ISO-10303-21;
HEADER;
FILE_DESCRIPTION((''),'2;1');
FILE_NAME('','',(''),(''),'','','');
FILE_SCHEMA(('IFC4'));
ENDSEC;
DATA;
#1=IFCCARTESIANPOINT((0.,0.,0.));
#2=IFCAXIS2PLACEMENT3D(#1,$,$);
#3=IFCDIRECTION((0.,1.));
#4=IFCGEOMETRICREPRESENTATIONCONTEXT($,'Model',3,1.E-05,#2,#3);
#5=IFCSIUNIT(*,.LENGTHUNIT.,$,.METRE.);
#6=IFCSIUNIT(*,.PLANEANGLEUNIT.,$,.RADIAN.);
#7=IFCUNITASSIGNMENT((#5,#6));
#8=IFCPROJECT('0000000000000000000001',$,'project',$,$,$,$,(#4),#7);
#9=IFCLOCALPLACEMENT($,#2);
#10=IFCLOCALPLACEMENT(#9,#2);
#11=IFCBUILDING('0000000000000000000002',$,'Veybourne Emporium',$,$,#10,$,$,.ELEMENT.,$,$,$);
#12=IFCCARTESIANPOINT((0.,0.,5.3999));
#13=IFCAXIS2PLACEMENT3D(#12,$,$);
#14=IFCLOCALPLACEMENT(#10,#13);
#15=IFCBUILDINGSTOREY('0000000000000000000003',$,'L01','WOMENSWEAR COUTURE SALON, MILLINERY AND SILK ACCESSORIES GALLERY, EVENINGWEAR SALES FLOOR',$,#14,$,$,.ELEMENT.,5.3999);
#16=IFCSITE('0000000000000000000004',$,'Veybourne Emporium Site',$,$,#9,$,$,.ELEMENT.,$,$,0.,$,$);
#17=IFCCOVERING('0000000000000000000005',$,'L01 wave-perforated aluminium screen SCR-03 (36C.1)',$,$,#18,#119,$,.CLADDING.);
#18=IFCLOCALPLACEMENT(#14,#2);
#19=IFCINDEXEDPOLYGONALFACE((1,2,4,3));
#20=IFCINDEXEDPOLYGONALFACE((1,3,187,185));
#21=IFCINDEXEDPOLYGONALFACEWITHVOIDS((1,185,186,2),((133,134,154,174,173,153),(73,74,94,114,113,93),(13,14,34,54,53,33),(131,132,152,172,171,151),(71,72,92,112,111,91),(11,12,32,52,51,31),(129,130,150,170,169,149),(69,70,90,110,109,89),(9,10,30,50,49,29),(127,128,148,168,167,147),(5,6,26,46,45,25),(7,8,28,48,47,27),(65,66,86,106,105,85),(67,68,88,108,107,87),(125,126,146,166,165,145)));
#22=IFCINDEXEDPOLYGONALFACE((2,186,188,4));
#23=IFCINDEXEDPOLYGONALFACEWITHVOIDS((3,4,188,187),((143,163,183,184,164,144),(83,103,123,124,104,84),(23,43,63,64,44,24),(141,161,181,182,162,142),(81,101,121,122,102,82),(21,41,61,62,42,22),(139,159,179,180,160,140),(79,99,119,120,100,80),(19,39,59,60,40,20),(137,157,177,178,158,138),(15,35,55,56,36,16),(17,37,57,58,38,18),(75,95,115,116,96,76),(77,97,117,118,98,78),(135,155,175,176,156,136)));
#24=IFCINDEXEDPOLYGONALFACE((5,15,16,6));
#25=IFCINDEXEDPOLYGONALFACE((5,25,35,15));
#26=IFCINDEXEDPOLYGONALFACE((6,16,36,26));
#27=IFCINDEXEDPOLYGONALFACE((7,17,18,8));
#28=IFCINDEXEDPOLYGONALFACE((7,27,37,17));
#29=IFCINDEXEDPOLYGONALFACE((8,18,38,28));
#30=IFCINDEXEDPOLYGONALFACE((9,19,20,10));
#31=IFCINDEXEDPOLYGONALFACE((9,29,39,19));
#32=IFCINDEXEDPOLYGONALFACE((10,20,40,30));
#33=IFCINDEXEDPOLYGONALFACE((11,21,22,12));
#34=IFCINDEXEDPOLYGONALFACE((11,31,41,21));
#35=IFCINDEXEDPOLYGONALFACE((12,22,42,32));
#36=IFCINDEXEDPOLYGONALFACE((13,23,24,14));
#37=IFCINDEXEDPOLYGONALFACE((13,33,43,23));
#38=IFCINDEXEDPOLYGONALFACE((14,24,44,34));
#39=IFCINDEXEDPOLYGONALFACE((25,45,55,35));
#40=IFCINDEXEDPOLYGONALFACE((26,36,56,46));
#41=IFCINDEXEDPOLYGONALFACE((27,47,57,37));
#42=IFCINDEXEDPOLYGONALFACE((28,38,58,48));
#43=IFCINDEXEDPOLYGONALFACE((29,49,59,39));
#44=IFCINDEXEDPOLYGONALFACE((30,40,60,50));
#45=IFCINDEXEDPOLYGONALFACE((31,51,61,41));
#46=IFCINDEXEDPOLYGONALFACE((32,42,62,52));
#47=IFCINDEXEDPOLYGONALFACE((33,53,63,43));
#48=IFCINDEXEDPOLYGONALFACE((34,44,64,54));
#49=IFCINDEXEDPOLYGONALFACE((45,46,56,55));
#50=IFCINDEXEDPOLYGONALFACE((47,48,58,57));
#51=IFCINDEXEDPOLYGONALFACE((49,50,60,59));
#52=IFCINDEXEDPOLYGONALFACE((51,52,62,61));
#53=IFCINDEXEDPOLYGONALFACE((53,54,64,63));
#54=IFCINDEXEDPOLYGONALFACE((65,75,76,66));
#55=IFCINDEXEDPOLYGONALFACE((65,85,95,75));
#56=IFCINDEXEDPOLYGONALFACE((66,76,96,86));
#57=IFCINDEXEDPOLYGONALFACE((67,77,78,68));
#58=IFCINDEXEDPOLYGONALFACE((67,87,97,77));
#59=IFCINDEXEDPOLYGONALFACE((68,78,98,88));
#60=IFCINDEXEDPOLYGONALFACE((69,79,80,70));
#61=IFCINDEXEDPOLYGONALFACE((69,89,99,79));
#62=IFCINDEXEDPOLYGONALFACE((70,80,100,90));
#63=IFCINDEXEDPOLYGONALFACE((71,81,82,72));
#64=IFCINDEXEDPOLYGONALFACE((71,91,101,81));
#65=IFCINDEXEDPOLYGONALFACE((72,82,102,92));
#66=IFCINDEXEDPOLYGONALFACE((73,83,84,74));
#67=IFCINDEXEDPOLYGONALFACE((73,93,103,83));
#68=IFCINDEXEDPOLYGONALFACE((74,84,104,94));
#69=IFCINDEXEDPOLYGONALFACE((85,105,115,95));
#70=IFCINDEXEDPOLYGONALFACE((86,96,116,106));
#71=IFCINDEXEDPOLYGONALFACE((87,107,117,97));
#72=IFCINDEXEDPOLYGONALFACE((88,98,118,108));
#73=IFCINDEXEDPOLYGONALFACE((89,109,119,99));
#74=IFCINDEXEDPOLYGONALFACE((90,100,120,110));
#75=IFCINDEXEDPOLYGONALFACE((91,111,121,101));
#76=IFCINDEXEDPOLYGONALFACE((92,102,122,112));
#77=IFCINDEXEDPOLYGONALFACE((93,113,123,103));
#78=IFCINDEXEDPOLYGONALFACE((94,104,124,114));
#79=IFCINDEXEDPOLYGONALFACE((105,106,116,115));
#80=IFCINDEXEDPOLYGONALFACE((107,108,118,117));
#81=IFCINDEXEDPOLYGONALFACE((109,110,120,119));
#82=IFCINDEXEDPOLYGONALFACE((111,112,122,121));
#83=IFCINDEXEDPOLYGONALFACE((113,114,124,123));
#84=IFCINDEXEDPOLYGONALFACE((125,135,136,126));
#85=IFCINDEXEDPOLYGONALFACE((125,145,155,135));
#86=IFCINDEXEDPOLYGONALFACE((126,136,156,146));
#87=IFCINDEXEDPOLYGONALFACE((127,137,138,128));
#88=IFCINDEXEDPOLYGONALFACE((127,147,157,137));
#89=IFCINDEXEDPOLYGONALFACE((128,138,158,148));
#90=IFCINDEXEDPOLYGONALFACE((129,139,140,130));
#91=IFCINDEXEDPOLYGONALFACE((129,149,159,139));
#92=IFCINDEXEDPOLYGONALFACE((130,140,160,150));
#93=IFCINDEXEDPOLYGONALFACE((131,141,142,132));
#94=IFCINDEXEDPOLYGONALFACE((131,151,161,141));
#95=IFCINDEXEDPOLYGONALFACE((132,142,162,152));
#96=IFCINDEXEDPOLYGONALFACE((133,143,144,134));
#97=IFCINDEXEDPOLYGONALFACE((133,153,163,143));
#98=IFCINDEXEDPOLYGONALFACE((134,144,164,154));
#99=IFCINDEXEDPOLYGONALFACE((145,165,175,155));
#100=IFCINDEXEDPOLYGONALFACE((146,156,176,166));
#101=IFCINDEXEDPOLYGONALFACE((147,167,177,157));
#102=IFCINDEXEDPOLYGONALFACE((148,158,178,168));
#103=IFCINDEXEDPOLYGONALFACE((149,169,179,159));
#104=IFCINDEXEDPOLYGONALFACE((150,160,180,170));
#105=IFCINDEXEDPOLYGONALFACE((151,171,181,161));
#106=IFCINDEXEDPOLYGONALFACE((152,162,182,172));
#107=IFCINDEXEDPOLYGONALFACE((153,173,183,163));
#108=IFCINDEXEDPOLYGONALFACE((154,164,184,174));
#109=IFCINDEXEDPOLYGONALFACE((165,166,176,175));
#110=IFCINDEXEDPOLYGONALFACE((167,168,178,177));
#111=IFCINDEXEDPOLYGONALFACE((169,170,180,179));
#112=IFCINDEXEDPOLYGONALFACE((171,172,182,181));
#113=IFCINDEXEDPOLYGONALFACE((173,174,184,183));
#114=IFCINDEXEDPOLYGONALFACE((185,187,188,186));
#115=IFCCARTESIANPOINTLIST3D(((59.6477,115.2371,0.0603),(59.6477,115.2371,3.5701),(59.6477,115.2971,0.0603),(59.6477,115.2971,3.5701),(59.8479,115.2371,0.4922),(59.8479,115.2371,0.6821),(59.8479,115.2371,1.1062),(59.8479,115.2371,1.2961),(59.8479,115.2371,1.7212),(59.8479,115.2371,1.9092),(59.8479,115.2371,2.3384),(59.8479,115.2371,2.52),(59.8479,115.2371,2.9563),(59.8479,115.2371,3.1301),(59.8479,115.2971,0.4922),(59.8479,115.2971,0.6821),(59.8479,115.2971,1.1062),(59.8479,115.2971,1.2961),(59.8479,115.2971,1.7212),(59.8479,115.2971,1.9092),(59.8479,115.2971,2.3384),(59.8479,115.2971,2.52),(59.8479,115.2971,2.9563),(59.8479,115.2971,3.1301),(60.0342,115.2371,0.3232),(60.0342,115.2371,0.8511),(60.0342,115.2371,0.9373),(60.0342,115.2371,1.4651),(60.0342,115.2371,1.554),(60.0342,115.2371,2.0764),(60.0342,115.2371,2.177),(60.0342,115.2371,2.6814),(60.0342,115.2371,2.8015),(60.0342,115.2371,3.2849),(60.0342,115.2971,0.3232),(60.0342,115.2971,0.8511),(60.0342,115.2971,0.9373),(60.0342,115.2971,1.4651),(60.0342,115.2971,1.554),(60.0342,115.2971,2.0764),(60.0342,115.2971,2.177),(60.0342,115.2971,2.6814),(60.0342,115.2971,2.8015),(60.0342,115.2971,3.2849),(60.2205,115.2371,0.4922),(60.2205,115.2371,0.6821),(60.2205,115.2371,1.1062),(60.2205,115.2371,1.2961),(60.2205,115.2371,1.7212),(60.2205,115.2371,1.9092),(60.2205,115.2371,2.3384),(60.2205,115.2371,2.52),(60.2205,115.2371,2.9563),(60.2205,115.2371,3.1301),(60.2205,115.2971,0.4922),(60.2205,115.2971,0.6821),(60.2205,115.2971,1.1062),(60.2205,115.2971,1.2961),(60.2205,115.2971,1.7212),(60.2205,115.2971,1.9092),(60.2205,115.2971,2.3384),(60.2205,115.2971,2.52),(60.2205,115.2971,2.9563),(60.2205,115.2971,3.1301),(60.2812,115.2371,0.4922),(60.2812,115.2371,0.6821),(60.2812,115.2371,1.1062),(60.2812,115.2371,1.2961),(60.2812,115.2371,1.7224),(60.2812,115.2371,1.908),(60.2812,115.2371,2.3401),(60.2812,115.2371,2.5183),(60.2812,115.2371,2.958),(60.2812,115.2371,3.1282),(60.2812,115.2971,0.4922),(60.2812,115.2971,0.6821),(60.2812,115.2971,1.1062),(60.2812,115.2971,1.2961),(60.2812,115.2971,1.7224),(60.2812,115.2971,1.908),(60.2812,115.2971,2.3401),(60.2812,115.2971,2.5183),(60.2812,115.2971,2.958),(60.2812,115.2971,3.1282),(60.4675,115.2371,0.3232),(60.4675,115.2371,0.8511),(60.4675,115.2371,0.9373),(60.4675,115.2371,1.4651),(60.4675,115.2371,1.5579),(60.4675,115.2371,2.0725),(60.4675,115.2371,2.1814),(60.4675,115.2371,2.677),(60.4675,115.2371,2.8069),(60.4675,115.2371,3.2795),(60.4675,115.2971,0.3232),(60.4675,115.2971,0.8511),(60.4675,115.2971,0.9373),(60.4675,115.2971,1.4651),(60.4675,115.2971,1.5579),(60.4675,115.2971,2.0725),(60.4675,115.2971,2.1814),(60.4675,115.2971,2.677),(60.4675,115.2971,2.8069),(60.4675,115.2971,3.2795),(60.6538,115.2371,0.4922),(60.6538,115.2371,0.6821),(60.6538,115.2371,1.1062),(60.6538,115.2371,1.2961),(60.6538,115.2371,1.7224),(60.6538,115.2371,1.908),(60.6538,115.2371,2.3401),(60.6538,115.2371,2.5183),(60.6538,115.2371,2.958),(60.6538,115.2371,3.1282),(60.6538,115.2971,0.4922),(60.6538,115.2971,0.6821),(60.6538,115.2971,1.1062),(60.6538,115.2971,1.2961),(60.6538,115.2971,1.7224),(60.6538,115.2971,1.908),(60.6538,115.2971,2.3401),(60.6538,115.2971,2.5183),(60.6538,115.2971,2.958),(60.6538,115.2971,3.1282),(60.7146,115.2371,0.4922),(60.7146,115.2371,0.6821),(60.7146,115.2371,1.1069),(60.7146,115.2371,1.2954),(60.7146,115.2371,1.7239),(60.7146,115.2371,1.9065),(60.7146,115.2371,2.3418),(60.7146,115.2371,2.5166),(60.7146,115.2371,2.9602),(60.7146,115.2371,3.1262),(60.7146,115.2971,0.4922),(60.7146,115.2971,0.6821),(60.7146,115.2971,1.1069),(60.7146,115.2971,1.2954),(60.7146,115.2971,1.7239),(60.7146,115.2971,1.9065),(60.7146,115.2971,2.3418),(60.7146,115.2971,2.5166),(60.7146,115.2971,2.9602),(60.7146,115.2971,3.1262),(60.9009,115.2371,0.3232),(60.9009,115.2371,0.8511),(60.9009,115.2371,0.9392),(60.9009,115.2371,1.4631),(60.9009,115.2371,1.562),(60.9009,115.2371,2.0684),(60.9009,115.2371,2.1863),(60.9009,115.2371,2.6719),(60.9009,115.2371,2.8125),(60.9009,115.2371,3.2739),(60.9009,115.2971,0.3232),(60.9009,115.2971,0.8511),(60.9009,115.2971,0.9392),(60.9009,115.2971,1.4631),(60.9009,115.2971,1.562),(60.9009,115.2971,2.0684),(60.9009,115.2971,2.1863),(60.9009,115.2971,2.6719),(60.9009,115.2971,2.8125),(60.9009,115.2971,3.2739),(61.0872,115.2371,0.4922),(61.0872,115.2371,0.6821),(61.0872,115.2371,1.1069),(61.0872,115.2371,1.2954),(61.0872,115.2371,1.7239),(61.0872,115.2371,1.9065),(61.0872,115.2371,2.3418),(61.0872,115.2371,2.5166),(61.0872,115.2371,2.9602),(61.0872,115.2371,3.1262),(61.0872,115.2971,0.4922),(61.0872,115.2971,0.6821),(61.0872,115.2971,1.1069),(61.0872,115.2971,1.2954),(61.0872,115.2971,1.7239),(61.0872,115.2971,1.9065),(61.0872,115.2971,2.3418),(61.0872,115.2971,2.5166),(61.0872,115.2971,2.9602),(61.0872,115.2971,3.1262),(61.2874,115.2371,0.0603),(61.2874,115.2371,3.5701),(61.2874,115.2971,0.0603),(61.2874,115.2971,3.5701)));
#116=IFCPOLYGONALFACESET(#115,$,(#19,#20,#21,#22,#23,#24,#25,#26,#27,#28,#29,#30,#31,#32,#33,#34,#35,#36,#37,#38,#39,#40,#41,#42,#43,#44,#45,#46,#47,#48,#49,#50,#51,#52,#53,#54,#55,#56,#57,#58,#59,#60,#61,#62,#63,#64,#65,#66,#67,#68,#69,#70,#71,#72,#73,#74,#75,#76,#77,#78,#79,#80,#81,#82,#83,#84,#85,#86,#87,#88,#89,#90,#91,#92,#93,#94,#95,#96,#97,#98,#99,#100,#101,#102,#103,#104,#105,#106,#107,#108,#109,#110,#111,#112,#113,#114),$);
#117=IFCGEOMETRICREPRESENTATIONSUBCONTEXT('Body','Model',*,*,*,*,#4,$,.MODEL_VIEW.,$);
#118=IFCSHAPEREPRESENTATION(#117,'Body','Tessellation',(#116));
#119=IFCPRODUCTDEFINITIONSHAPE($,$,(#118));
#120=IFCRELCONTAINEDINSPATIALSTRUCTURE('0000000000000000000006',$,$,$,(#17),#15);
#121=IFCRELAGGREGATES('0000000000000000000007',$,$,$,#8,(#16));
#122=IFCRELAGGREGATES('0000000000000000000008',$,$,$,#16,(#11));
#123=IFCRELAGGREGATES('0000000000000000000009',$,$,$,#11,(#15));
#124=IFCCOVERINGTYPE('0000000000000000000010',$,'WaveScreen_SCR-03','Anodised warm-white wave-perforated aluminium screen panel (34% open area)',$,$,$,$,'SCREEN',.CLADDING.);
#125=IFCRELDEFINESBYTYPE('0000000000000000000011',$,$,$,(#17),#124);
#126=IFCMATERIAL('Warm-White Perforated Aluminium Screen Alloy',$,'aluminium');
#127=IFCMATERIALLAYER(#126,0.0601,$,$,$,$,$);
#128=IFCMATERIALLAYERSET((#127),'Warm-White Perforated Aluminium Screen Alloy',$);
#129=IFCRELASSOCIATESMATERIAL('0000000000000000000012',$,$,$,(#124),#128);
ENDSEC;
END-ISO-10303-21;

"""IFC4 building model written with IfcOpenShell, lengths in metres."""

from ifc_helpers import new_model, si_unit, direction, frame, origin, place, context, subcontext, project, spatial, polyline, outline, extrude, material, layer, layer_set, type_object, element, save


model = new_model("IFC4")

# Units and contexts
model_context = context("Model", 3, precision=1e-05, world=origin(), true_north=direction((0.0, 1.0)))
body_context = subcontext(model_context, "Body", "Model", "MODEL_VIEW")
ifc_project = project(units=[si_unit("LENGTHUNIT", "METRE"), si_unit("PLANEANGLEUNIT", "RADIAN")], contexts=[model_context])

# Site, building, storey
site_placement = place(None, origin())
site = spatial("IfcSite", under=ifc_project, at=site_placement, Name="Veybourne Emporium Site", CompositionType="ELEMENT", RefElevation=0.0)
building_placement = place(site_placement, origin())
building = spatial("IfcBuilding", under=site, at=building_placement, Name="Veybourne Emporium", CompositionType="ELEMENT")
storey_placement = place(building_placement, frame((0.0, 0.0, 5.3999)))
storey = spatial("IfcBuildingStorey", under=building, at=storey_placement, Name="L01", Description="WOMENSWEAR COUTURE SALON, MILLINERY AND SILK ACCESSORIES GALLERY, EVENINGWEAR SALES FLOOR", CompositionType="ELEMENT", Elevation=5.3999)

# Covering
ifc_material_1 = material(Name="Warm-White Perforated Aluminium Screen Alloy", Category="aluminium")
ifc_layer_1 = layer(ifc_material_1, 0.0601)
ifc_layer_set_1 = layer_set([ifc_layer_1], Name="Warm-White Perforated Aluminium Screen Alloy")
covering_type_1 = type_object("IfcCoveringType", Name="WaveScreen_SCR-03", Description="Anodised warm-white wave-perforated aluminium screen panel (34% open area)", ElementType="SCREEN", PredefinedType="CLADDING", material=ifc_layer_set_1)
covering_1_placement = place(storey_placement, frame((60.4675, 115.2971, 1.8152), z_axis=(0.0, -1.0, 0.0), x_axis=(1.0, 0.0, 0.0)))
element("IfcCovering", 1, at=covering_1_placement, inside=storey, type_object=covering_type_1, Name="L01 wave-perforated aluminium screen SCR-03 (36C.1)", PredefinedType="CLADDING", context=body_context, shape_type="SweptSolid", body=[
    extrude(outline(polyline([(-0.8198, -1.7549), (0.8198, -1.7549), (0.8198, 1.7549), (-0.8198, 1.7549), (-0.8198, -1.7549)]), holes=[polyline([(-0.4333, -0.9641), (-0.2471, -1.1331), (-0.2471, -1.323), (-0.4333, -1.4919), (-0.6196, -1.323), (-0.6196, -1.1331), (-0.4333, -0.9641)]), polyline([(-0.4333, -0.3501), (-0.2471, -0.519), (-0.2471, -0.709), (-0.4333, -0.8779), (-0.6196, -0.709), (-0.6196, -0.519), (-0.4333, -0.3501)]), polyline([(-0.4333, 0.2612), (-0.2471, 0.094), (-0.2471, -0.094), (-0.4333, -0.2612), (-0.6196, -0.094), (-0.6196, 0.094), (-0.4333, 0.2612)]), polyline([(-0.4333, 0.8662), (-0.2471, 0.7048), (-0.2471, 0.5232), (-0.4333, 0.3618), (-0.6196, 0.5232), (-0.6196, 0.7048), (-0.4333, 0.8662)]), polyline([(-0.4333, 1.4697), (-0.2471, 1.3149), (-0.2471, 1.1411), (-0.4333, 0.9863), (-0.6196, 1.1411), (-0.6196, 1.3149), (-0.4333, 1.4697)]), polyline([(0.0, -0.9641), (0.1863, -1.1331), (0.1863, -1.323), (0.0, -1.4919), (-0.1863, -1.323), (-0.1863, -1.1331), (0.0, -0.9641)]), polyline([(0.0, -0.3501), (0.1863, -0.519), (0.1863, -0.709), (0.0, -0.8779), (-0.1863, -0.709), (-0.1863, -0.519), (0.0, -0.3501)]), polyline([(0.0, 0.2573), (0.1863, 0.0928), (0.1863, -0.0928), (0.0, -0.2573), (-0.1863, -0.0928), (-0.1863, 0.0928), (0.0, 0.2573)]), polyline([(0.0, 0.8618), (0.1863, 0.7031), (0.1863, 0.5249), (0.0, 0.3662), (-0.1863, 0.5249), (-0.1863, 0.7031), (0.0, 0.8618)]), polyline([(0.0, 1.4644), (0.1863, 1.313), (0.1863, 1.1428), (0.0, 0.9917), (-0.1863, 1.1428), (-0.1863, 1.313), (0.0, 1.4644)]), polyline([(0.4333, -0.9641), (0.6196, -1.1331), (0.6196, -1.323), (0.4333, -1.4919), (0.2471, -1.323), (0.2471, -1.1331), (0.4333, -0.9641)]), polyline([(0.4333, -0.3521), (0.6196, -0.5198), (0.6196, -0.7083), (0.4333, -0.876), (0.2471, -0.7083), (0.2471, -0.5198), (0.4333, -0.3521)]), polyline([(0.4333, 0.2532), (0.6196, 0.0913), (0.6196, -0.0913), (0.4333, -0.2532), (0.2471, -0.0913), (0.2471, 0.0913), (0.4333, 0.2532)]), polyline([(0.4333, 0.8567), (0.6196, 0.7014), (0.6196, 0.5266), (0.4333, 0.3711), (0.2471, 0.5266), (0.2471, 0.7014), (0.4333, 0.8567)]), polyline([(0.4333, 1.4587), (0.6196, 1.311), (0.6196, 1.145), (0.4333, 0.9973), (0.2471, 1.145), (0.2471, 1.311), (0.4333, 1.4587)])]), origin(), (0.0, 0.0, 1.0), 0.0601),
])

save(model, "model.ifc")
